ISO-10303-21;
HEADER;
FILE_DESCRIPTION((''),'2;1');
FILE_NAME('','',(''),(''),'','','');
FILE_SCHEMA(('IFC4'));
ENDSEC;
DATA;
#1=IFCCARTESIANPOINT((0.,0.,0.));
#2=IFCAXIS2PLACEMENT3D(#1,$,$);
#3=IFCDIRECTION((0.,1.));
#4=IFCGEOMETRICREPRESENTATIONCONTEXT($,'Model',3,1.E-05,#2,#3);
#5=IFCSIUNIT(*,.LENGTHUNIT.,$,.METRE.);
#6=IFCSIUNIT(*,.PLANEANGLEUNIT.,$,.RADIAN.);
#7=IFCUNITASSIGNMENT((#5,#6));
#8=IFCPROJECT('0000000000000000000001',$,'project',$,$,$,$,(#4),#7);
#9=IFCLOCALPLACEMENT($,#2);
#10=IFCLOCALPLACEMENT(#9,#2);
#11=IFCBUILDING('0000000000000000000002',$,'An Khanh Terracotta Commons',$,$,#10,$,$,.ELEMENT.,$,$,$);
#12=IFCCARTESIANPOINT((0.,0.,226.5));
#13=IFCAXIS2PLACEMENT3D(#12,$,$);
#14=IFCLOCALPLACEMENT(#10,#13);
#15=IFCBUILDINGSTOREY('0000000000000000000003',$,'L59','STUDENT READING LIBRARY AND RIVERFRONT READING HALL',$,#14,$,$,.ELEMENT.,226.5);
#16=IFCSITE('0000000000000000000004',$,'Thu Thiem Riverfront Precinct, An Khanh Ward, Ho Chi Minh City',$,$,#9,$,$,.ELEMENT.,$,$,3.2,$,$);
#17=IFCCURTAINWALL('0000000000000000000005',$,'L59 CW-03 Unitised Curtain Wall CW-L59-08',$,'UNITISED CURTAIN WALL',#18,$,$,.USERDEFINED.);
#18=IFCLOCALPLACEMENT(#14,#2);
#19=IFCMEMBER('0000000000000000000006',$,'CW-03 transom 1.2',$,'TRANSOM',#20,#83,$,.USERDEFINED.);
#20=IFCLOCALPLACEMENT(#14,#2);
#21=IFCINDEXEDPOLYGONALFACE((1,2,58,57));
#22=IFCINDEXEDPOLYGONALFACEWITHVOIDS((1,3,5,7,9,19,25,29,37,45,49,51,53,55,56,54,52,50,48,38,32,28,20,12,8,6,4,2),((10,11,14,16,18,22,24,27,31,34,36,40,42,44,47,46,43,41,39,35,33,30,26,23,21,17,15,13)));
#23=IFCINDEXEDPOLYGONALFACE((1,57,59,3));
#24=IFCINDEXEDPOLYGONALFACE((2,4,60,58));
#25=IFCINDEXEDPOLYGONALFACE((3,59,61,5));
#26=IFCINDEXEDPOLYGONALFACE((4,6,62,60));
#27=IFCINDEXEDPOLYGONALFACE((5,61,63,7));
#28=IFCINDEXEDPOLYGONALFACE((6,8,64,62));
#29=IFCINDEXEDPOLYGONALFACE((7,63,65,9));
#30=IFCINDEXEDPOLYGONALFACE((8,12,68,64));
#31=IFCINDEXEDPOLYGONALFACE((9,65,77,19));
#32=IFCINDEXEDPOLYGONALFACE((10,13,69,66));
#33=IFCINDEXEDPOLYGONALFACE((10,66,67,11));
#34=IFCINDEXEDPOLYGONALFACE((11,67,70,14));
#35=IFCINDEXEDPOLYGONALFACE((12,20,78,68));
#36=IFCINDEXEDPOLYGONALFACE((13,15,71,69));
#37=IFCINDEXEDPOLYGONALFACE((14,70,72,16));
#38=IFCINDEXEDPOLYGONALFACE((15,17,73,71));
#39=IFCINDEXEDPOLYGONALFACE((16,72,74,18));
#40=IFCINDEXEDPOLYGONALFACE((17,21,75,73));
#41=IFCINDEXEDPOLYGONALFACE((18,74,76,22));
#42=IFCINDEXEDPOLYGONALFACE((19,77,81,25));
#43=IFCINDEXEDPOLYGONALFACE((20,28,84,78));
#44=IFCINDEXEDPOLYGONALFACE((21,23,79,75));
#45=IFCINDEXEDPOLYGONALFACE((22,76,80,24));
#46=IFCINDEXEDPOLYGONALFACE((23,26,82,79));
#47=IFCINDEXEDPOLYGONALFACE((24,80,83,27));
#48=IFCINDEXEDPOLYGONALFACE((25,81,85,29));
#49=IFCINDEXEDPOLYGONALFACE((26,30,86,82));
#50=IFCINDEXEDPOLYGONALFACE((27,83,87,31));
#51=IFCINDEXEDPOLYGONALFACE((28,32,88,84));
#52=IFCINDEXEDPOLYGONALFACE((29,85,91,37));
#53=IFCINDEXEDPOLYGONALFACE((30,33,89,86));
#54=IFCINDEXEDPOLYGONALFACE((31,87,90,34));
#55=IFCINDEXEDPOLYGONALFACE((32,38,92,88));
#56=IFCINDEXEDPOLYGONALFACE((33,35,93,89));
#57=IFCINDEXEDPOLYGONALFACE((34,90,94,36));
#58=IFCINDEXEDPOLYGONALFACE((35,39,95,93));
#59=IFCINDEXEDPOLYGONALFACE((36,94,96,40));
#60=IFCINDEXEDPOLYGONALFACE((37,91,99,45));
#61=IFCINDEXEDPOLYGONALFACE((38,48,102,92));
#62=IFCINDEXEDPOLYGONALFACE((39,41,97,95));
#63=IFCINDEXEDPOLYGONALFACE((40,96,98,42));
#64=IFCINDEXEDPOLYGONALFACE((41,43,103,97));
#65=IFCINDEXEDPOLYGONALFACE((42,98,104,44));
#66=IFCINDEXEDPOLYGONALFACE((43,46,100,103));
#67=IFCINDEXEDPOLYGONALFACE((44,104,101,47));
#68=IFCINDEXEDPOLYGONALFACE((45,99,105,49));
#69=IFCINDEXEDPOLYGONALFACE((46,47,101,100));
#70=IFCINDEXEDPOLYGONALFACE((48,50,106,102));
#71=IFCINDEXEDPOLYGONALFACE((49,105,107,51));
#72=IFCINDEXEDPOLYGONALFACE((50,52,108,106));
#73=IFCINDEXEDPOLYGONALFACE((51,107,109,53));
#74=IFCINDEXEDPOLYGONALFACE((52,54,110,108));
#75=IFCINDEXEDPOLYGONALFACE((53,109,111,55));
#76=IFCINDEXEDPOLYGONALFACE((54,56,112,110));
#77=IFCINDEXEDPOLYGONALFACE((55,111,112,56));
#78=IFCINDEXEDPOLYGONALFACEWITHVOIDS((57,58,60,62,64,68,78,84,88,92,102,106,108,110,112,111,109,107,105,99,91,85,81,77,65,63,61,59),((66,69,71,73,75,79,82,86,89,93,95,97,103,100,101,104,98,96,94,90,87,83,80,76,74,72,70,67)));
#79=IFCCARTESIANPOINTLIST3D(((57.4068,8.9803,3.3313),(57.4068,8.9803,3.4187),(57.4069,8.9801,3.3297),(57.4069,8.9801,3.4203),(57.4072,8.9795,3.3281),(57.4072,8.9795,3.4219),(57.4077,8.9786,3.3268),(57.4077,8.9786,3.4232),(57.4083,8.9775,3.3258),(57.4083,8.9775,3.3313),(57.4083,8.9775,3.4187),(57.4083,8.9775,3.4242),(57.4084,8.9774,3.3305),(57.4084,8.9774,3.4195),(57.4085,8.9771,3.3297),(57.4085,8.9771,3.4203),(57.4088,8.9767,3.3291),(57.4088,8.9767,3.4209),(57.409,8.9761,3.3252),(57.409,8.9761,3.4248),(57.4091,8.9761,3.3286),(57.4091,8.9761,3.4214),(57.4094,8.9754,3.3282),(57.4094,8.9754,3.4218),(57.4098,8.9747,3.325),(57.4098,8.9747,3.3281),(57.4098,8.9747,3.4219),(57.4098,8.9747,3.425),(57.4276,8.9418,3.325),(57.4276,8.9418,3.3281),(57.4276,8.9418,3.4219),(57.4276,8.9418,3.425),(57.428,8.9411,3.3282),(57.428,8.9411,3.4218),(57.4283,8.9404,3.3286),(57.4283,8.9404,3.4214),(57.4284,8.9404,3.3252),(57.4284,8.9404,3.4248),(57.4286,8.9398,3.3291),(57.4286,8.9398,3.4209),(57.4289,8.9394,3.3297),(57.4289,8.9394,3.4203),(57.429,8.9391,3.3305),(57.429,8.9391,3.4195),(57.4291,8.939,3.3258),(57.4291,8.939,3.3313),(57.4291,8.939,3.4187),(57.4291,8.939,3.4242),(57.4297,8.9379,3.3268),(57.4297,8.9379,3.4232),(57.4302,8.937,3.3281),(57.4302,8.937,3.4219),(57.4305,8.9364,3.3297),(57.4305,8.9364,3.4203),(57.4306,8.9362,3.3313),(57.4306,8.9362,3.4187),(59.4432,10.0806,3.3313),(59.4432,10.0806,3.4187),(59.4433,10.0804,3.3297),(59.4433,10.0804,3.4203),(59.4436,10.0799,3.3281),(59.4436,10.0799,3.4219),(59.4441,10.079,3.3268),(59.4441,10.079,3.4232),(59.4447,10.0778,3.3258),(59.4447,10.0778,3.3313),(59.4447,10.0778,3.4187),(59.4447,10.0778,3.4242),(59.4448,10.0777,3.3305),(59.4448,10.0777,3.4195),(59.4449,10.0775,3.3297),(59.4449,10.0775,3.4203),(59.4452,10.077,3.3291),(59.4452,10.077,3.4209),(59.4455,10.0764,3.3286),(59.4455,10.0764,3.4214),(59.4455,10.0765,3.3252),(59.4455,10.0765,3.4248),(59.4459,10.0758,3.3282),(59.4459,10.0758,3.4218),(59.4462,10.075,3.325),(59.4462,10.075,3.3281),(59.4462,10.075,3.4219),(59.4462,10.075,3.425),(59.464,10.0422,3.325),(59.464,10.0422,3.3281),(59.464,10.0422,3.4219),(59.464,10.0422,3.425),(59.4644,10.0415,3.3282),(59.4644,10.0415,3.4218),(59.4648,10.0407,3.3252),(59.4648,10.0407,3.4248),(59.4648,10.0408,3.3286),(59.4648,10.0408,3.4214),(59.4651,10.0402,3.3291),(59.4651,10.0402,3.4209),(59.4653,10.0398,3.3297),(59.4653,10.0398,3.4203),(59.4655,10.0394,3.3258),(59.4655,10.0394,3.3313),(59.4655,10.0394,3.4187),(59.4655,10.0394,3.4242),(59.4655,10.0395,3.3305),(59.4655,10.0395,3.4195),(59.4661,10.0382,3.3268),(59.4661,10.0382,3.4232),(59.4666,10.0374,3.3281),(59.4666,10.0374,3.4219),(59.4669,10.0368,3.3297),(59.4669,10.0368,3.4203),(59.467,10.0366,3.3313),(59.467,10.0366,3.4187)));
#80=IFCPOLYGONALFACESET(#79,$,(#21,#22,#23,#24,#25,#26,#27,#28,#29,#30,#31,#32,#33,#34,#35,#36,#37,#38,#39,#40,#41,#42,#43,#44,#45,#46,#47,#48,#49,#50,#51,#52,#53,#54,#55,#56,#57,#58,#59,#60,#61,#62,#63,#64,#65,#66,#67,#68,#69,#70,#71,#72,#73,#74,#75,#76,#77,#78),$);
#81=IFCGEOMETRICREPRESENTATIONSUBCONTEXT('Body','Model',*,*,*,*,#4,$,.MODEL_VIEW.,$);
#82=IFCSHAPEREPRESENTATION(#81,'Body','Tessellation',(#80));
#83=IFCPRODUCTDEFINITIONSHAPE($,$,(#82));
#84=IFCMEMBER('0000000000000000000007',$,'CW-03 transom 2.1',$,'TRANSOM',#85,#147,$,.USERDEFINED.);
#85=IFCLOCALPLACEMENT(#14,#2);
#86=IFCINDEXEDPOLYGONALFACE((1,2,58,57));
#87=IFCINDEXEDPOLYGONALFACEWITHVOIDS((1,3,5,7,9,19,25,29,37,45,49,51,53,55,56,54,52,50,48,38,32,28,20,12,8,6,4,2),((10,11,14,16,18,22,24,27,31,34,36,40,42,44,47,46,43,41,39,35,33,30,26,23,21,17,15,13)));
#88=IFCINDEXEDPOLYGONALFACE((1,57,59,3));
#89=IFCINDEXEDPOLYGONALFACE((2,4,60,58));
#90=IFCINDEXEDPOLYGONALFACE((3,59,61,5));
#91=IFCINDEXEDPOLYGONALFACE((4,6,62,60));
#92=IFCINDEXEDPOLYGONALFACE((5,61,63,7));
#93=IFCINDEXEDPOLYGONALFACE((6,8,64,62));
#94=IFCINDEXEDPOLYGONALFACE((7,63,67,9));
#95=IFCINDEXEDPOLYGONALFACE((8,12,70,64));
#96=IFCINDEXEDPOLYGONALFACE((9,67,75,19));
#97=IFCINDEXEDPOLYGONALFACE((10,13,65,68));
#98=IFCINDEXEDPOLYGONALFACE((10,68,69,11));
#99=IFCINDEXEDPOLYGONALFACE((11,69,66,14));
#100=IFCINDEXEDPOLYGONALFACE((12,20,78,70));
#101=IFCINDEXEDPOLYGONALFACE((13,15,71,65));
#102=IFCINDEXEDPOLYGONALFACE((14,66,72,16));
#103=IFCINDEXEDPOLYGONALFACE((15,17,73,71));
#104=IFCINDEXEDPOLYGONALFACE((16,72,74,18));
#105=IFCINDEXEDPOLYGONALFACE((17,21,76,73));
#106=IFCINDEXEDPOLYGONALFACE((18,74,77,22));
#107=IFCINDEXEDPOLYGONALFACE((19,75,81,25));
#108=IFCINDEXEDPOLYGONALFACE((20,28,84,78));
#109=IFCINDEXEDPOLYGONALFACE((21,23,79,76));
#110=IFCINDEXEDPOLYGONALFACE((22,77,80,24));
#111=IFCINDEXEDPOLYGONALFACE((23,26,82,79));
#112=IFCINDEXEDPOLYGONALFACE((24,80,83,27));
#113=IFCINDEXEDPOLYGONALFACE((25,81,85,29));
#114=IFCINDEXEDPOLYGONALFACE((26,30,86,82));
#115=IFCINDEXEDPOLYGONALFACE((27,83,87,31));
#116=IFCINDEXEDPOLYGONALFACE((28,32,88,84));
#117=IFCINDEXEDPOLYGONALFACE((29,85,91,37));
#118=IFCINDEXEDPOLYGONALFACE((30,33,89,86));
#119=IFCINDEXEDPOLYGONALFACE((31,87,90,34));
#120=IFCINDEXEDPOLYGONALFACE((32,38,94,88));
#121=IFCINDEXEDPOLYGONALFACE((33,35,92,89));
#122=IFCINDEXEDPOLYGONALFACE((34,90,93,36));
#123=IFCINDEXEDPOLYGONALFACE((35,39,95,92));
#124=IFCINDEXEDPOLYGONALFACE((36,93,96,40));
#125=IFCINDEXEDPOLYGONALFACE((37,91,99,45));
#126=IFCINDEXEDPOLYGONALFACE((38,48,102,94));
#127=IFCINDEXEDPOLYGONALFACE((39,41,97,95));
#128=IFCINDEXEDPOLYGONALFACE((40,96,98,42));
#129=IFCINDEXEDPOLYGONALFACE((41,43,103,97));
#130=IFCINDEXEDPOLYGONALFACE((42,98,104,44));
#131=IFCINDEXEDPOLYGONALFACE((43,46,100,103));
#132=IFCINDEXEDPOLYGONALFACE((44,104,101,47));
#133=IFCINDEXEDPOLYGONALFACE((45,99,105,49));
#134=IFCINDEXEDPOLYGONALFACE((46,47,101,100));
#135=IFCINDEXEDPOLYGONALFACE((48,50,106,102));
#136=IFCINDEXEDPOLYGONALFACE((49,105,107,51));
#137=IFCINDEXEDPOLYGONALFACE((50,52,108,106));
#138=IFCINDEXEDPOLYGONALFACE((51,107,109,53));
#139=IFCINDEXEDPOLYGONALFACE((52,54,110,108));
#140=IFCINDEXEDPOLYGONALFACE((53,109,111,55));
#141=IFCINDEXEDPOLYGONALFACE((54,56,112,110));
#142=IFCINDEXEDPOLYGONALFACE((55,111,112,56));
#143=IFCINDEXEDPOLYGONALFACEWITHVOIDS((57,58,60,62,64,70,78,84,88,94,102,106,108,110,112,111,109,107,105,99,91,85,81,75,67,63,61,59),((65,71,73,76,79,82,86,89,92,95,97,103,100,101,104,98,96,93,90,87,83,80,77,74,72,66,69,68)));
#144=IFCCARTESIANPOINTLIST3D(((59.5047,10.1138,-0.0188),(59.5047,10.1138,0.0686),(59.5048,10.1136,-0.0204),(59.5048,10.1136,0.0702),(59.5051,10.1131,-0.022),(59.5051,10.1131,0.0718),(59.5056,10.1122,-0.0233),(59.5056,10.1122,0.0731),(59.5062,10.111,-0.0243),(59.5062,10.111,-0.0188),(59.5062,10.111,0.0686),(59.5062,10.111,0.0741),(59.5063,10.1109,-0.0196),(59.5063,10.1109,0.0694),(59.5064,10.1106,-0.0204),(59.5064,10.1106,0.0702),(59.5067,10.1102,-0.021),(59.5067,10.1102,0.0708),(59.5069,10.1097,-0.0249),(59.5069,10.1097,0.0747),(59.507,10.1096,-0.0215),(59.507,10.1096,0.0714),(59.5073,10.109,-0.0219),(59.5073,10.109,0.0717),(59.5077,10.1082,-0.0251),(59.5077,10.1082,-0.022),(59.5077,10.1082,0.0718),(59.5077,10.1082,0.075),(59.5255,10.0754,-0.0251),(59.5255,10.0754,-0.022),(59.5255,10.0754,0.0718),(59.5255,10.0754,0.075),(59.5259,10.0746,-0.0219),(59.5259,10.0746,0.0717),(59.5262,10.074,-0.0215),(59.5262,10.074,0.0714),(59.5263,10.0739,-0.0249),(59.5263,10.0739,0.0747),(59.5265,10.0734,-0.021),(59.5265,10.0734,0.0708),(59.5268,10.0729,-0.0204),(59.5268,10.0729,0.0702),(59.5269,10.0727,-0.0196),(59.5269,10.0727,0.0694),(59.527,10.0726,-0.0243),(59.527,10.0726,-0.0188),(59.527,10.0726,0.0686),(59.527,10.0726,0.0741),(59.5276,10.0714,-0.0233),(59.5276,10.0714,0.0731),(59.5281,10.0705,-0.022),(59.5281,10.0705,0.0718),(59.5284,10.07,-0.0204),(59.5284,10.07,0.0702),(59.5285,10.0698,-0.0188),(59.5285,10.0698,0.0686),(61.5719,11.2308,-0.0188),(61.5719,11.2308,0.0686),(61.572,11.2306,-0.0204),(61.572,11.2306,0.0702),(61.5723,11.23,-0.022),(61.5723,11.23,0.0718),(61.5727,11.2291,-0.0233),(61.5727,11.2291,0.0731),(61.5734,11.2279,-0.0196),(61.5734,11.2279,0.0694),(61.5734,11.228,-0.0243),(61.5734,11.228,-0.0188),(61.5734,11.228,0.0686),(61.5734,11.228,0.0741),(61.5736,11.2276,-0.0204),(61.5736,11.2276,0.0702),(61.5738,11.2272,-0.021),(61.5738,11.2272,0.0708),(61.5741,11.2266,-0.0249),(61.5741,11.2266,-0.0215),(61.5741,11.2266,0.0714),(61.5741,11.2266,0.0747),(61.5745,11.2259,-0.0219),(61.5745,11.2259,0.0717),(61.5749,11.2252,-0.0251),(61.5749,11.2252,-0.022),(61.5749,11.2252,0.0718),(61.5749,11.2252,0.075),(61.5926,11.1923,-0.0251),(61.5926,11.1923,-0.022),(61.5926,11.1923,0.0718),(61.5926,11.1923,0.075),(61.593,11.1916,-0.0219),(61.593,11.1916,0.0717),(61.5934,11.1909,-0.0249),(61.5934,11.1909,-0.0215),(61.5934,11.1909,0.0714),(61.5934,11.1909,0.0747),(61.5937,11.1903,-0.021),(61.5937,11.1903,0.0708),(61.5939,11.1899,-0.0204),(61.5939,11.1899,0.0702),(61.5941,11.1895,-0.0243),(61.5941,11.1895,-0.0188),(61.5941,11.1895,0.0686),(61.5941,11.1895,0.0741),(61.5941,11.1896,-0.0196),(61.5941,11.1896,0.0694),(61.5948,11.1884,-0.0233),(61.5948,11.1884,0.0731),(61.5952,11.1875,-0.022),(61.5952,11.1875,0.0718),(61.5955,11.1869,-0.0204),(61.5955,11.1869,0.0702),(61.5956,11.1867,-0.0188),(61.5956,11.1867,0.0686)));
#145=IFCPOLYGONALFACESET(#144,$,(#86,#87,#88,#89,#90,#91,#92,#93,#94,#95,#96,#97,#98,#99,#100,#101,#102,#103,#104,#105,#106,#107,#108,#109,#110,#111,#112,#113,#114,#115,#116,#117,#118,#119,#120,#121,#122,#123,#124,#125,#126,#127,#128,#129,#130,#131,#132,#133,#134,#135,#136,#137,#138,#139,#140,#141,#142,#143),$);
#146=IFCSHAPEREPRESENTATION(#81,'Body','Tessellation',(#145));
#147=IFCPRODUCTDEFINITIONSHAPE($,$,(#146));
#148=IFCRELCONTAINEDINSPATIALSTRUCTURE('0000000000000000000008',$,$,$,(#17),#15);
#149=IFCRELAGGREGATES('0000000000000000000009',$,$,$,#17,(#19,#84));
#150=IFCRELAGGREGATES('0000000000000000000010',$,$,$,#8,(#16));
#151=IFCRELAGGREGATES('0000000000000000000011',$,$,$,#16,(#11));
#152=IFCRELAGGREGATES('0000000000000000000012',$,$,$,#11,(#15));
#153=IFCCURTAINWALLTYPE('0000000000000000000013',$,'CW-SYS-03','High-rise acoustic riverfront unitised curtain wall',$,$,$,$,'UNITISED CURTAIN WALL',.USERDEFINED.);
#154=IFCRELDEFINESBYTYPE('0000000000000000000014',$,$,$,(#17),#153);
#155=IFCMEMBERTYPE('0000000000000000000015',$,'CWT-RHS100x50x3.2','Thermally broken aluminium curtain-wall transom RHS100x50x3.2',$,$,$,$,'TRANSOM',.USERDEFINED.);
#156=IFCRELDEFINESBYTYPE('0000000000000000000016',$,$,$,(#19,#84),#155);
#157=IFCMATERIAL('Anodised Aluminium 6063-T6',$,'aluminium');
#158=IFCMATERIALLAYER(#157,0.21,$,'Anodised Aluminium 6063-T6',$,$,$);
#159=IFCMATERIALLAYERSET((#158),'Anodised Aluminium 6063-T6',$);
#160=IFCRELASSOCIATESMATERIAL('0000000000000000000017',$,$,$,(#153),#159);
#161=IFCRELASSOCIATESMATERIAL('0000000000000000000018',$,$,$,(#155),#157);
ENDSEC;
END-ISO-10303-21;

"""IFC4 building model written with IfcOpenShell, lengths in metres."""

from ifc_helpers import new_model, si_unit, direction, frame, origin, origin_2d, place, context, subcontext, project, spatial, hollow_rectangle, extrude, material, layer, layer_set, material_profile, profile_set, type_object, element, aggregate, save


model = new_model("IFC4")

# Units and contexts
model_context = context("Model", 3, precision=1e-05, world=origin(), true_north=direction((0.0, 1.0)))
body_context = subcontext(model_context, "Body", "Model", "MODEL_VIEW")
ifc_project = project(units=[si_unit("LENGTHUNIT", "METRE"), si_unit("PLANEANGLEUNIT", "RADIAN")], contexts=[model_context])

# Site, building, storey
site_placement = place(None, origin())
site = spatial("IfcSite", under=ifc_project, at=site_placement, Name="Thu Thiem Riverfront Precinct, An Khanh Ward, Ho Chi Minh City", CompositionType="ELEMENT", RefElevation=3.2)
building_placement = place(site_placement, origin())
building = spatial("IfcBuilding", under=site, at=building_placement, Name="An Khanh Terracotta Commons", CompositionType="ELEMENT")
storey_placement = place(building_placement, frame((0.0, 0.0, 226.5)))
storey = spatial("IfcBuildingStorey", under=building, at=storey_placement, Name="L59", Description="STUDENT READING LIBRARY AND RIVERFRONT READING HALL", CompositionType="ELEMENT", Elevation=226.5)

# Curtain wall, members
ifc_material_1 = material(Name="Anodised Aluminium 6063-T6", Category="aluminium")
ifc_layer_1 = layer(ifc_material_1, 0.21, Name="Anodised Aluminium 6063-T6")
ifc_layer_set_1 = layer_set([ifc_layer_1], Name="Anodised Aluminium 6063-T6")
curtain_wall_type = type_object("IfcCurtainWallType", Name="CW-SYS-03", Description="High-rise acoustic riverfront unitised curtain wall", ElementType="UNITISED CURTAIN WALL", PredefinedType="USERDEFINED", material=ifc_layer_set_1)
curtain_wall_placement = place(storey_placement, origin())
curtain_wall = element("IfcCurtainWall", 1, at=curtain_wall_placement, inside=storey, type_object=curtain_wall_type, Name="L59 CW-03 Unitised Curtain Wall CW-L59-08", ObjectType="UNITISED CURTAIN WALL", PredefinedType="USERDEFINED")
ifc_material_profile_1 = material_profile(ifc_material_1, hollow_rectangle(XDim=0.05, YDim=0.1001, WallThickness=0.0032, InnerFilletRadius=0.0032, OuterFilletRadius=0.0063, at=origin_2d()), Name="RHS100x50x3.2")
ifc_profile_set_1 = profile_set([ifc_material_profile_1], Name="Anodised Aluminium 6063-T6")
member_type_1 = type_object("IfcMemberType", Name="CWT-RHS100x50x3.2", Description="Thermally broken aluminium curtain-wall transom RHS100x50x3.2", ElementType="TRANSOM", PredefinedType="USERDEFINED", material=ifc_profile_set_1)
member_1_placement = place(storey_placement, frame((57.4187, 8.9583, 3.375), z_axis=(0.879779, 0.475382, 0.0), x_axis=(-0.475382, 0.879779, 0.0)))
member_1 = element("IfcMember", 2, at=member_1_placement, type_object=member_type_1, Name="CW-03 transom 1.2", ObjectType="TRANSOM", PredefinedType="USERDEFINED", context=body_context, shape_type="SweptSolid", body=[
    extrude(hollow_rectangle(XDim=0.05, YDim=0.1001, WallThickness=0.0032, InnerFilletRadius=0.0032, OuterFilletRadius=0.0063, at=origin_2d()), origin(), (0.0, 0.0, 1.0), 2.3147),
])
member_2_placement = place(storey_placement, frame((59.5166, 10.0918, 0.0249), z_axis=(0.879783, 0.475376, 0.0), x_axis=(-0.475376, 0.879783, 0.0)))
member_2 = element("IfcMember", 3, at=member_2_placement, type_object=member_type_1, Name="CW-03 transom 2.1", ObjectType="TRANSOM", PredefinedType="USERDEFINED", context=body_context, shape_type="SweptSolid", body=[
    extrude(hollow_rectangle(XDim=0.05, YDim=0.1001, WallThickness=0.0032, InnerFilletRadius=0.0032, OuterFilletRadius=0.0063, at=origin_2d()), origin(), (0.0, 0.0, 1.0), 2.3496),
])
aggregate(curtain_wall, [member_1, member_2])

save(model, "model.ifc")
